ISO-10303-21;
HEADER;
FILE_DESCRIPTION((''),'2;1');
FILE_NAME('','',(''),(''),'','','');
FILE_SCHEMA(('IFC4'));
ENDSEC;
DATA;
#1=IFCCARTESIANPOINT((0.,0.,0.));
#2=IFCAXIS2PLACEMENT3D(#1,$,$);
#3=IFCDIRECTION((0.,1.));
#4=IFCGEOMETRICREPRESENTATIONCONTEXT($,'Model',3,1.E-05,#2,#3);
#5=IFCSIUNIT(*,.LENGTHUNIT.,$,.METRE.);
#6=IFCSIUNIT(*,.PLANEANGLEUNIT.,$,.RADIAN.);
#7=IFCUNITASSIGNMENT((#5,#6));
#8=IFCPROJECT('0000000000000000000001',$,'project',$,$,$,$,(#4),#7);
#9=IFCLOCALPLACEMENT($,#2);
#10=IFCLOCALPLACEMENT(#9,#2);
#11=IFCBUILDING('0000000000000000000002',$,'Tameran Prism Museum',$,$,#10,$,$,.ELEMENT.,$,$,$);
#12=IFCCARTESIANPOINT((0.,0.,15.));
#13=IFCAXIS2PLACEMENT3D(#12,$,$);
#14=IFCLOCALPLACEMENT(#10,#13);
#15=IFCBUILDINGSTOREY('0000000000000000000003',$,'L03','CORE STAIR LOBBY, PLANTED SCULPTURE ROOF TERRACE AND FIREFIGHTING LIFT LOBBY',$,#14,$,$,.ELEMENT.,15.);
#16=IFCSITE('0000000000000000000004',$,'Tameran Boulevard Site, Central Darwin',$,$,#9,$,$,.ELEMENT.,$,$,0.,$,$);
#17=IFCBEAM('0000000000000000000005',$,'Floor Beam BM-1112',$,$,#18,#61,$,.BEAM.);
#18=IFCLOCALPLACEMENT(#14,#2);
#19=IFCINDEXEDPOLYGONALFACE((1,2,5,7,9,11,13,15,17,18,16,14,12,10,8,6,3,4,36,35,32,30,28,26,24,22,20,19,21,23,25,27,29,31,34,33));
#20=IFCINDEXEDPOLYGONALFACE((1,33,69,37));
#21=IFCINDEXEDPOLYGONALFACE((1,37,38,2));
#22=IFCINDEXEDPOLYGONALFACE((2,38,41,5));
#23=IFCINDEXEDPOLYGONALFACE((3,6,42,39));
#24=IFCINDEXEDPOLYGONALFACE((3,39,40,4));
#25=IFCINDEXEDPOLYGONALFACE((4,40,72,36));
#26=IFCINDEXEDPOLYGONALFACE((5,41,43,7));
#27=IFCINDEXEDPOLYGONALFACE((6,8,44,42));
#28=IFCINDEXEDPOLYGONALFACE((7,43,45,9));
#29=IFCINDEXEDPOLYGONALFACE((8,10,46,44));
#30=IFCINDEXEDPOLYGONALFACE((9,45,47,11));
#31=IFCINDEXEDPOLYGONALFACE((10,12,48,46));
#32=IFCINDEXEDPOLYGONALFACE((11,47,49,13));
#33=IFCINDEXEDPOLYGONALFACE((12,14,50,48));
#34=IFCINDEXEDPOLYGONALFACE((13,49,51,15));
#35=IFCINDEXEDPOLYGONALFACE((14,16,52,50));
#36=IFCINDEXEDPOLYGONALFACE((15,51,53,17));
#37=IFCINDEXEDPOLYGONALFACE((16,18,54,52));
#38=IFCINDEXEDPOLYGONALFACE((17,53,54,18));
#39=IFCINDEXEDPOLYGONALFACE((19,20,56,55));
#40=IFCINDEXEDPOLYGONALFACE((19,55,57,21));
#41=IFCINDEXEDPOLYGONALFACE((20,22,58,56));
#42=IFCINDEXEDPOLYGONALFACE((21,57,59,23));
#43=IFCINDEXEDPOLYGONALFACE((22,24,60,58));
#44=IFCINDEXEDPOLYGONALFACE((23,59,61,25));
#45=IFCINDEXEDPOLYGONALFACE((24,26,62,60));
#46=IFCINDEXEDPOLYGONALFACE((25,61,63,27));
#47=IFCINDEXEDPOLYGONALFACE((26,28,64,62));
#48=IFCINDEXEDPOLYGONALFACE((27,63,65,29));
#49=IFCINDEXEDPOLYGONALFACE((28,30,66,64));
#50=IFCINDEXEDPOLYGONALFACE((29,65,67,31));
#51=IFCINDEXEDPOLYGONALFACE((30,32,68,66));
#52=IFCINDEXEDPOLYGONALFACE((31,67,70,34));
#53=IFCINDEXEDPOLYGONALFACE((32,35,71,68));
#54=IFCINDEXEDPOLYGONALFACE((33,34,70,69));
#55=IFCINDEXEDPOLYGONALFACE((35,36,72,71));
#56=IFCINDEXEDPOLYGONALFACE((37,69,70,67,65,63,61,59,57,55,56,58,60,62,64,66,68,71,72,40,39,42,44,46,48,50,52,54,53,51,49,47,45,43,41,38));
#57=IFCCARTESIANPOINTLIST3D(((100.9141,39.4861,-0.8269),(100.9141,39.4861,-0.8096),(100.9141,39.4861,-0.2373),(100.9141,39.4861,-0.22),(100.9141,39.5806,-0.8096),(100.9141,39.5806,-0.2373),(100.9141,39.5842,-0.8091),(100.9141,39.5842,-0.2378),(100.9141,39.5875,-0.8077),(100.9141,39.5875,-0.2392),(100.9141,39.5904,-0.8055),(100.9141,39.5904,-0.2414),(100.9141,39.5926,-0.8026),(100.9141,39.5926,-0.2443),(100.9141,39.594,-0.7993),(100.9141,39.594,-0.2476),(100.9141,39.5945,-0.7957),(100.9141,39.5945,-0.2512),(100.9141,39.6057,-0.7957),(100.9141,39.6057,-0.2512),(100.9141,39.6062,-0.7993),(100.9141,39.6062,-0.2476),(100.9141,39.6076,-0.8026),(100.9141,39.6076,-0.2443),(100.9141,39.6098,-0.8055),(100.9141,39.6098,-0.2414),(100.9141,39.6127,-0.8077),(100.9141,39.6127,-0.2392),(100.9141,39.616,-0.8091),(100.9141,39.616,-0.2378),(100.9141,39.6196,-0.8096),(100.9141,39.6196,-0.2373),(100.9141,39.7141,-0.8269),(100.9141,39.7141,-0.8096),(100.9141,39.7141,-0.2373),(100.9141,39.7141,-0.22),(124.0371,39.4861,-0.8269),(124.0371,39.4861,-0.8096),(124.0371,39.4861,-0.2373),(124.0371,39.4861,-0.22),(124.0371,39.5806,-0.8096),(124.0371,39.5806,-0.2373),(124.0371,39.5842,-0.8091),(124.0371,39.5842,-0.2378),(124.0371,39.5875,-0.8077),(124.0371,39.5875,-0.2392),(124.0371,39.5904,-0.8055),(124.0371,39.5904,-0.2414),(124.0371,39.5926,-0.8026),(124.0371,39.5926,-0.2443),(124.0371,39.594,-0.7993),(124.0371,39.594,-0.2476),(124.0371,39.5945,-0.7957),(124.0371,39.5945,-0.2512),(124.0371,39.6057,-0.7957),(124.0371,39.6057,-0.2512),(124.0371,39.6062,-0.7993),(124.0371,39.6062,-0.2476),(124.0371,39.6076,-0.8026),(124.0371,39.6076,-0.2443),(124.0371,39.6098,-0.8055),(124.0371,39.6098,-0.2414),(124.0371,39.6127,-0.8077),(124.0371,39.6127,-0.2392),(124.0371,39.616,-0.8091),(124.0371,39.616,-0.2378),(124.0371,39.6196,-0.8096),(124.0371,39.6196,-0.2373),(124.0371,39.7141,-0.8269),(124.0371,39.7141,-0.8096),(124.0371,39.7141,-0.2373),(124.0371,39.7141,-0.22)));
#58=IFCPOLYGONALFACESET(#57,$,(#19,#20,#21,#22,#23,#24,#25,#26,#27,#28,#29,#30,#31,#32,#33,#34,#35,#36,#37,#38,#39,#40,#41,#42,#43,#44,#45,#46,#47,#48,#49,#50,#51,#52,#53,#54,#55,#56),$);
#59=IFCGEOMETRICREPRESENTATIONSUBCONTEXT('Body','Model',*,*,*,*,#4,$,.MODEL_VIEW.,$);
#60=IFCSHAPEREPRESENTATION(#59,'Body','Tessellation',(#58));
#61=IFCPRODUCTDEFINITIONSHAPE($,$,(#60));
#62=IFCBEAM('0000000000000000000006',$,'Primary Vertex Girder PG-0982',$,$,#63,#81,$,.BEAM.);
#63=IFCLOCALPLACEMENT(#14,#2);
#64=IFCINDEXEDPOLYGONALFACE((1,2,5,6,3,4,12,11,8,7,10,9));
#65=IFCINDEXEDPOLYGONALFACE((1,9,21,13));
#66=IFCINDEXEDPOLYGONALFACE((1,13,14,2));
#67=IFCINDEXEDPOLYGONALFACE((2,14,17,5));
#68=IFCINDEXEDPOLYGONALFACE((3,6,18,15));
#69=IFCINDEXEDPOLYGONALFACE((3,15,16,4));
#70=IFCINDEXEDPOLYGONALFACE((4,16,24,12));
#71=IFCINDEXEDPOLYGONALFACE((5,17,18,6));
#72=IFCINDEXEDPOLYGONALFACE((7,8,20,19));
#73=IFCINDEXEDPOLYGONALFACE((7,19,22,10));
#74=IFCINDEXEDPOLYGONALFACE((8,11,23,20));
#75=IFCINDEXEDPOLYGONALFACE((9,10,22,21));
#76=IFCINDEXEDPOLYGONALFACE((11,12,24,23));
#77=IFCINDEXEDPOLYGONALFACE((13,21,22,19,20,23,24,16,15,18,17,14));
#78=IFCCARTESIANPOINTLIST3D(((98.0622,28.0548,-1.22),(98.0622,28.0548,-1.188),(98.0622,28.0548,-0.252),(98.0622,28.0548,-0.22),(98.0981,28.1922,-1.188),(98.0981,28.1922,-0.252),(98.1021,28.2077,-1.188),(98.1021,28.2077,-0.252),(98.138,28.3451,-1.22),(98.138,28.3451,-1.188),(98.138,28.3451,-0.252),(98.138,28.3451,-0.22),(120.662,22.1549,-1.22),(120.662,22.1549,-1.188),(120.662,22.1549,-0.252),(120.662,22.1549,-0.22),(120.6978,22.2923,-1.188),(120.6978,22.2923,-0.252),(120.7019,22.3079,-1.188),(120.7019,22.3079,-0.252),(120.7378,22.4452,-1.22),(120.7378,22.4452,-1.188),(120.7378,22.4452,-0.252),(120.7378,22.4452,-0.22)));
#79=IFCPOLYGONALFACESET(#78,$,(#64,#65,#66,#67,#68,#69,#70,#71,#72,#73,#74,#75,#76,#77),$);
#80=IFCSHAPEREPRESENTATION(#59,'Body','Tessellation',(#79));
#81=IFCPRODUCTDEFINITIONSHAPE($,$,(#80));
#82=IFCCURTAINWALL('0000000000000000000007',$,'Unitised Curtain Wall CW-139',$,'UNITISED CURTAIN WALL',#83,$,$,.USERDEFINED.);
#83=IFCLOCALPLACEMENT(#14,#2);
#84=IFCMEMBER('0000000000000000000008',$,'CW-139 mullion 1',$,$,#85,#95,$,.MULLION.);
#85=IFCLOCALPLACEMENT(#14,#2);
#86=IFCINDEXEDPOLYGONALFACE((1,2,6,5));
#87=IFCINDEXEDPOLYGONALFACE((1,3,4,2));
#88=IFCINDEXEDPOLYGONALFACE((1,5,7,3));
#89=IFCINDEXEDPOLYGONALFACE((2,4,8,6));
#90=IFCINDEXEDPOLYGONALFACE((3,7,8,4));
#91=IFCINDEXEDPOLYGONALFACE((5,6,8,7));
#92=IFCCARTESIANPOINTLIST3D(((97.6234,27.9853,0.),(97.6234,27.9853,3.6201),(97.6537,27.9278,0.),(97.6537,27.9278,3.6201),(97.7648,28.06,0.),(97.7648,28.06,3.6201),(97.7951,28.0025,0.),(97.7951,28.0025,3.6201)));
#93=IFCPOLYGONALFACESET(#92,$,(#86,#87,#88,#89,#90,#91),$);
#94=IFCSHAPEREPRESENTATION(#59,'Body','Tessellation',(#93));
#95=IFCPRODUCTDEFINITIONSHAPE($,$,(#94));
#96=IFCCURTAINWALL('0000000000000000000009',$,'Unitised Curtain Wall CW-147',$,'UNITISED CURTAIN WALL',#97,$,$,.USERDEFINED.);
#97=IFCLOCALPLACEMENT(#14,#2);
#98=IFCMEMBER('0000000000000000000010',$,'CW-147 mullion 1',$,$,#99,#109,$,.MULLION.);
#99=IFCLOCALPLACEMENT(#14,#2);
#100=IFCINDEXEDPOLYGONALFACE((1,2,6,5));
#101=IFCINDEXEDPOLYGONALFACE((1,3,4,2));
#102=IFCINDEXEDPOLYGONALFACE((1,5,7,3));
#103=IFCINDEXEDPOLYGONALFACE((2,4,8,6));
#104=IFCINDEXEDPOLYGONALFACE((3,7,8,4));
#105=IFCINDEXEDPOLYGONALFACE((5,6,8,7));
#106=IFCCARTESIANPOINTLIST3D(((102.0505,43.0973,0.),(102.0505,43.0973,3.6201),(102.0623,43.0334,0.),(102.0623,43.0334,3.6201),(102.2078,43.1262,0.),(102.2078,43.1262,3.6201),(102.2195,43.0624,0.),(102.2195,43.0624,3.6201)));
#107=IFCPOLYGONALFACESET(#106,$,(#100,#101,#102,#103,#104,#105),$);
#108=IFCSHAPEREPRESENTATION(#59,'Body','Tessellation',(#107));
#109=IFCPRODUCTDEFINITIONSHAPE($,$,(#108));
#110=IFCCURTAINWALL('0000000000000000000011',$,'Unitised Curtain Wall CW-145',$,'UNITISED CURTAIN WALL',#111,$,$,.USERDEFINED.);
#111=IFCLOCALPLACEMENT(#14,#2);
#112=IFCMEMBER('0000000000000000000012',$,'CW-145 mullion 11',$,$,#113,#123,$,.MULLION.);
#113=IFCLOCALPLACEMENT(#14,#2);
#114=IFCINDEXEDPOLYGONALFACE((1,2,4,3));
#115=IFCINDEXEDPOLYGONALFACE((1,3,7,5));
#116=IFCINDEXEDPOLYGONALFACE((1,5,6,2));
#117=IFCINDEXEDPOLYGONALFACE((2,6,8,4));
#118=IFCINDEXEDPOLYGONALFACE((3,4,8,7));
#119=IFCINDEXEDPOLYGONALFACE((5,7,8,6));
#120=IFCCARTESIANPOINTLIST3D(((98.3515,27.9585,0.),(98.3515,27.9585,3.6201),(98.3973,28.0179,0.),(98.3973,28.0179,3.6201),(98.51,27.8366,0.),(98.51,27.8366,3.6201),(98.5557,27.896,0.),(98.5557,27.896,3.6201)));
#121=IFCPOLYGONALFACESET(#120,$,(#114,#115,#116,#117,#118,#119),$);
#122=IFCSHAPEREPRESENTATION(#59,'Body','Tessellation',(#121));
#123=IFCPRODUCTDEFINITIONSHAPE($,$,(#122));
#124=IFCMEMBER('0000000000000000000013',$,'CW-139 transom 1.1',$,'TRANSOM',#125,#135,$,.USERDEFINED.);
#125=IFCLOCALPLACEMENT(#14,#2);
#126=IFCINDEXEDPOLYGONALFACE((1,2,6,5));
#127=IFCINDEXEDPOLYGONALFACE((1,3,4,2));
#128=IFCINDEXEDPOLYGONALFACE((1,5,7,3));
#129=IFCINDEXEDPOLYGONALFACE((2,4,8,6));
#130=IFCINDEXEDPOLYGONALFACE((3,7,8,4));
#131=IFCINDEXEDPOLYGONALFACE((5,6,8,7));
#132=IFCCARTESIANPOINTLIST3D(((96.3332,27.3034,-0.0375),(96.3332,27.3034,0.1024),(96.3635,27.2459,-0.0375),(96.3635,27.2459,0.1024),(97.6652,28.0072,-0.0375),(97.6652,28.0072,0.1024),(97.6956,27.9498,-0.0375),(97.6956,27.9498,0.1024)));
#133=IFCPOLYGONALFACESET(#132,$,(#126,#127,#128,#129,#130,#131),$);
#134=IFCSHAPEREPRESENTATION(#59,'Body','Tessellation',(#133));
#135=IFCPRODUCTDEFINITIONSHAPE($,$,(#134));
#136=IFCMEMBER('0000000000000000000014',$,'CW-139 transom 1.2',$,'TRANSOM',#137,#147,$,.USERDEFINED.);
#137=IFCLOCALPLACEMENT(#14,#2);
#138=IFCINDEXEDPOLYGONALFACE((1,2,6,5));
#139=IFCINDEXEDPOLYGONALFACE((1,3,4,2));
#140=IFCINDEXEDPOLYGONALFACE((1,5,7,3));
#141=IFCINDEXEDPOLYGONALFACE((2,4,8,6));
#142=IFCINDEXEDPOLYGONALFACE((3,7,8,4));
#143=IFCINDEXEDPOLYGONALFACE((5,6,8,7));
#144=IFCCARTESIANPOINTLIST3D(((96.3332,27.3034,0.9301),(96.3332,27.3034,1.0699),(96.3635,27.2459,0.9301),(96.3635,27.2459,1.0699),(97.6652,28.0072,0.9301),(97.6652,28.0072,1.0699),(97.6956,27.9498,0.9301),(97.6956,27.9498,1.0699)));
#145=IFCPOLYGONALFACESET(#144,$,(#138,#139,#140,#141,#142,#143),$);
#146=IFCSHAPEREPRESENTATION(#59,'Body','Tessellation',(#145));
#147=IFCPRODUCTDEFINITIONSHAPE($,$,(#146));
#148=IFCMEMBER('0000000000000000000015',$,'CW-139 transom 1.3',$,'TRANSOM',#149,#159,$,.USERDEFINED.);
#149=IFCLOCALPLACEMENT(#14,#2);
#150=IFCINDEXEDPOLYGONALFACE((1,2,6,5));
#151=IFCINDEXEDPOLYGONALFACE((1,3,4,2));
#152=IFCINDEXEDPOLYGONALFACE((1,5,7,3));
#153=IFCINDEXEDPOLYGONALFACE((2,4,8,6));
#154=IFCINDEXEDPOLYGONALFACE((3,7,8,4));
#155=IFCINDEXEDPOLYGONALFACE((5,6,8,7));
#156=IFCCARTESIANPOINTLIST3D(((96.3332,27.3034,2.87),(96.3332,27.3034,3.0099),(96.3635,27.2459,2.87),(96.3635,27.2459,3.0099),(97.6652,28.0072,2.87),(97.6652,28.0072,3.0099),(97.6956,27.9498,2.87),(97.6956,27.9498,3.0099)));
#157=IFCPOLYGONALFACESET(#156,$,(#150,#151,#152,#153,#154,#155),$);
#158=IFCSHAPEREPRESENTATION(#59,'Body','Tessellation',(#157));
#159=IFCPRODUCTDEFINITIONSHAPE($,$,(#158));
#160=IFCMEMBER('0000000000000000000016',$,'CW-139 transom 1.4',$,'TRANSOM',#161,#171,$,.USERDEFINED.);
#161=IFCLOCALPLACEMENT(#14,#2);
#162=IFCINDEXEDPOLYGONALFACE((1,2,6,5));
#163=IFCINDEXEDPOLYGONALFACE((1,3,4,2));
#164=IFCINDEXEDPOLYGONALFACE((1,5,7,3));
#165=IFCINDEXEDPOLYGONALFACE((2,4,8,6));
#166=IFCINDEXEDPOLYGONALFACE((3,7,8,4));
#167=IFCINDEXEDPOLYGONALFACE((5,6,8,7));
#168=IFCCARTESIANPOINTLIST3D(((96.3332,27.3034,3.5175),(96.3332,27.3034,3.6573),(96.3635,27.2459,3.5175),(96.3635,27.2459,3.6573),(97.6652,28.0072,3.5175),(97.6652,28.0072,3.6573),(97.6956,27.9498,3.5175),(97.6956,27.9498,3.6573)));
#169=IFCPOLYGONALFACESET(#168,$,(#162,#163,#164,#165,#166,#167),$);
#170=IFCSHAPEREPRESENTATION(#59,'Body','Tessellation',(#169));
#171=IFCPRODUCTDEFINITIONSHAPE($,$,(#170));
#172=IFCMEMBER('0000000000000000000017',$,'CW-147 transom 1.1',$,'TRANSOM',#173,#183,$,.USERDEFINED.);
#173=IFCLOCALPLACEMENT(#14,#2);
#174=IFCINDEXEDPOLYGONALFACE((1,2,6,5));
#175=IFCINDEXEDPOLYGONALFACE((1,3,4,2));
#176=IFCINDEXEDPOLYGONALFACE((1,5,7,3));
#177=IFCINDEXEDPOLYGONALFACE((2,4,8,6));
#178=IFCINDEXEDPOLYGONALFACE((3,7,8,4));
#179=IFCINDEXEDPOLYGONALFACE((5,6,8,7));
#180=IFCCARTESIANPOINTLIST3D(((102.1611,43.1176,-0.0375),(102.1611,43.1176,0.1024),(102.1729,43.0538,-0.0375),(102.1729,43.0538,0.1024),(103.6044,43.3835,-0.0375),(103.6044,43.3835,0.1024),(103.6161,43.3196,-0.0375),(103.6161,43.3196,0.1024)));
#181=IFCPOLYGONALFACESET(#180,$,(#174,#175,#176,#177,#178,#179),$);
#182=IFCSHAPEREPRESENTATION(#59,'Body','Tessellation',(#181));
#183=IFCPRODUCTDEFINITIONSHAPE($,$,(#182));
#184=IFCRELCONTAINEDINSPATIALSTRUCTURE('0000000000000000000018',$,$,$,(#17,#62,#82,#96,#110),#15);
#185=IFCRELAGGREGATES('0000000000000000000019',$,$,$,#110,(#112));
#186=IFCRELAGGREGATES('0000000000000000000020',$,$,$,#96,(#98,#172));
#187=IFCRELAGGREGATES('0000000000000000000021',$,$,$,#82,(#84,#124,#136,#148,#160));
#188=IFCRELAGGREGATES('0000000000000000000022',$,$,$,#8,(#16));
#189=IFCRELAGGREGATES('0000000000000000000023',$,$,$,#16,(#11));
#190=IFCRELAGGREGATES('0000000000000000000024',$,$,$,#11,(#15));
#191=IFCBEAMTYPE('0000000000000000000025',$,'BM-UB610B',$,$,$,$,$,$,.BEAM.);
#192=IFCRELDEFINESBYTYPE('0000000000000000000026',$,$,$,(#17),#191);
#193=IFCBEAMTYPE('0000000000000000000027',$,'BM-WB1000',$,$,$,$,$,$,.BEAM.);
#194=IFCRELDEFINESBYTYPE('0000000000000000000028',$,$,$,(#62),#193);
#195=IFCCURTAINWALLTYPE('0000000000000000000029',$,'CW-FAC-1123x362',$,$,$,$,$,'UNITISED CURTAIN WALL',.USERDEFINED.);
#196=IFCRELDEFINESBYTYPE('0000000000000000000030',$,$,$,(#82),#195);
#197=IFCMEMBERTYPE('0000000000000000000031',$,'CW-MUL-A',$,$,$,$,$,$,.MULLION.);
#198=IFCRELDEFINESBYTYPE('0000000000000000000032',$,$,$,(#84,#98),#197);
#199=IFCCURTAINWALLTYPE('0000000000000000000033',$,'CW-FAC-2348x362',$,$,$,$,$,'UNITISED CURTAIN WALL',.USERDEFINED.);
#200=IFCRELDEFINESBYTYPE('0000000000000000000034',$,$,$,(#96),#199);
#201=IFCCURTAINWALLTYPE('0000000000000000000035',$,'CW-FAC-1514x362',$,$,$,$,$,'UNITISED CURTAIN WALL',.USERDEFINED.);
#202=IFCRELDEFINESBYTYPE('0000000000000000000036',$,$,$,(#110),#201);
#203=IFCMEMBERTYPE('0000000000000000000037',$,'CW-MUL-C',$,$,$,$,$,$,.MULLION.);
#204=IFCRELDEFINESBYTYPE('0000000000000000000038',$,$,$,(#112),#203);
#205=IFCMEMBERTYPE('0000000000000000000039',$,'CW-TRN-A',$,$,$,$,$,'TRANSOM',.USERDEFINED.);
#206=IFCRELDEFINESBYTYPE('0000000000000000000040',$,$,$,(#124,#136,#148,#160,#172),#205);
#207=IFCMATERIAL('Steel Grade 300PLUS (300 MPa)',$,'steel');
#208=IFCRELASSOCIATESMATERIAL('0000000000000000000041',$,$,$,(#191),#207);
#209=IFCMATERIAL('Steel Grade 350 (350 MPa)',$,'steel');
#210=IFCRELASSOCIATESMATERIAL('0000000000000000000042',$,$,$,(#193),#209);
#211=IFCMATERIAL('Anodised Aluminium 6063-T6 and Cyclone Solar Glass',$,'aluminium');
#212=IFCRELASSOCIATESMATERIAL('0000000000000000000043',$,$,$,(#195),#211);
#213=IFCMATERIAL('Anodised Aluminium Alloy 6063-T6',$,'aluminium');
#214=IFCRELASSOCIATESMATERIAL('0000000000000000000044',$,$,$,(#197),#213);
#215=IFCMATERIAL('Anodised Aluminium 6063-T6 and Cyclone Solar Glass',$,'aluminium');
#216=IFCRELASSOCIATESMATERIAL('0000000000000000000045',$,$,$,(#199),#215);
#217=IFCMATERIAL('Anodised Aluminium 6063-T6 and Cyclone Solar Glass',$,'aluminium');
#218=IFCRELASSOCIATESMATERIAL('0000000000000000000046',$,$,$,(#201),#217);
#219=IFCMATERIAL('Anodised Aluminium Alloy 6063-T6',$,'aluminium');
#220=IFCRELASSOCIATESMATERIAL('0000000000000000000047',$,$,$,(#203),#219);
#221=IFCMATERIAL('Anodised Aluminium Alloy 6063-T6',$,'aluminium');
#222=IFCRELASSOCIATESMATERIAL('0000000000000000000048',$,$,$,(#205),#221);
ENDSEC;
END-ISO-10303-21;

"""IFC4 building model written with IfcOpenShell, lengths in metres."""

from ifc_helpers import new_model, si_unit, direction, frame, origin, origin_2d, place, context, subcontext, project, spatial, rectangle, i_section, extrude, material, material_profile, profile_set, type_object, element, aggregate, save


model = new_model("IFC4")

# Units and contexts
model_context = context("Model", 3, precision=1e-05, world=origin(), true_north=direction((0.0, 1.0)))
body_context = subcontext(model_context, "Body", "Model", "MODEL_VIEW")
ifc_project = project(units=[si_unit("LENGTHUNIT", "METRE"), si_unit("PLANEANGLEUNIT", "RADIAN")], contexts=[model_context])

# Site, building, storey
site_placement = place(None, origin())
site = spatial("IfcSite", under=ifc_project, at=site_placement, Name="Tameran Boulevard Site, Central Darwin", CompositionType="ELEMENT", RefElevation=0.0)
building_placement = place(site_placement, origin())
building = spatial("IfcBuilding", under=site, at=building_placement, Name="Tameran Prism Museum", CompositionType="ELEMENT")
storey_placement = place(building_placement, frame((0.0, 0.0, 15.0)))
storey = spatial("IfcBuildingStorey", under=building, at=storey_placement, Name="L03", Description="CORE STAIR LOBBY, PLANTED SCULPTURE ROOF TERRACE AND FIREFIGHTING LIFT LOBBY", CompositionType="ELEMENT", Elevation=15.0)

# Beams
ifc_material_1 = material(Name="Steel Grade 300PLUS (300 MPa)", Category="steel")
ifc_material_profile_1 = material_profile(ifc_material_1, i_section(OverallWidth=0.228, OverallDepth=0.6069, WebThickness=0.0112, FlangeThickness=0.0173, FilletRadius=0.0139, at=origin_2d()))
ifc_profile_set_1 = profile_set([ifc_material_profile_1])
beam_type_1 = type_object("IfcBeamType", Name="BM-UB610B", PredefinedType="BEAM", material=ifc_profile_set_1)
beam_1_placement = place(storey_placement, frame((100.9141, 39.6001, -0.5234), z_axis=(1.0, 0.0, 0.0), x_axis=(0.0, 1.0, 0.0)))
element("IfcBeam", 1, at=beam_1_placement, inside=storey, type_object=beam_type_1, Name="Floor Beam BM-1112", PredefinedType="BEAM", context=body_context, shape_type="SweptSolid", body=[
    extrude(i_section(OverallWidth=0.228, OverallDepth=0.6069, WebThickness=0.0112, FlangeThickness=0.0173, FilletRadius=0.0139, at=origin_2d()), origin(), (0.0, 0.0, 1.0), 23.123),
])
ifc_material_2 = material(Name="Steel Grade 350 (350 MPa)", Category="steel")
ifc_material_profile_2 = material_profile(ifc_material_2, i_section(OverallWidth=0.3, OverallDepth=1.0, WebThickness=0.0161, FlangeThickness=0.032, at=origin_2d()))
ifc_profile_set_2 = profile_set([ifc_material_profile_2])
beam_type_2 = type_object("IfcBeamType", Name="BM-WB1000", PredefinedType="BEAM", material=ifc_profile_set_2)
beam_2_placement = place(storey_placement, frame((98.1001, 28.2, -0.72), z_axis=(0.967572, -0.252594, 0.0), x_axis=(0.252594, 0.967572, 0.0)))
element("IfcBeam", 2, at=beam_2_placement, inside=storey, type_object=beam_type_2, Name="Primary Vertex Girder PG-0982", PredefinedType="BEAM", context=body_context, shape_type="SweptSolid", body=[
    extrude(i_section(OverallWidth=0.3, OverallDepth=1.0, WebThickness=0.0161, FlangeThickness=0.032, at=origin_2d()), origin(), (0.0, 0.0, 1.0), 23.3572),
])

# Curtain walls, members
ifc_material_3 = material(Name="Anodised Aluminium 6063-T6 and Cyclone Solar Glass", Category="aluminium")
curtain_wall_type_1 = type_object("IfcCurtainWallType", Name="CW-FAC-1123x362", ElementType="UNITISED CURTAIN WALL", PredefinedType="USERDEFINED", material=ifc_material_3)
curtain_wall_1_placement = place(storey_placement, origin())
curtain_wall_1 = element("IfcCurtainWall", 3, at=curtain_wall_1_placement, inside=storey, type_object=curtain_wall_type_1, Name="Unitised Curtain Wall CW-139", ObjectType="UNITISED CURTAIN WALL", PredefinedType="USERDEFINED")
ifc_material_4 = material(Name="Anodised Aluminium Alloy 6063-T6", Category="aluminium")
ifc_material_profile_3 = material_profile(ifc_material_4, rectangle(XDim=0.0649, YDim=0.1599, at=origin_2d()))
ifc_profile_set_3 = profile_set([ifc_material_profile_3])
member_type_1 = type_object("IfcMemberType", Name="CW-MUL-A", PredefinedType="MULLION", material=ifc_profile_set_3)
member_1_placement = place(storey_placement, frame((97.7092, 27.9939, 0.0), z_axis=(0.0, 0.0, 1.0), x_axis=(0.467155, -0.884175, 0.0)))
member_1 = element("IfcMember", 4, at=member_1_placement, type_object=member_type_1, Name="CW-139 mullion 1", PredefinedType="MULLION", context=body_context, shape_type="SweptSolid", body=[
    extrude(rectangle(XDim=0.0649, YDim=0.1599, at=origin_2d()), origin(), (0.0, 0.0, 1.0), 3.6201),
])
ifc_material_5 = material(Name="Anodised Aluminium 6063-T6 and Cyclone Solar Glass", Category="aluminium")
curtain_wall_type_2 = type_object("IfcCurtainWallType", Name="CW-FAC-2348x362", ElementType="UNITISED CURTAIN WALL", PredefinedType="USERDEFINED", material=ifc_material_5)
curtain_wall_2_placement = place(storey_placement, origin())
curtain_wall_2 = element("IfcCurtainWall", 5, at=curtain_wall_2_placement, inside=storey, type_object=curtain_wall_type_2, Name="Unitised Curtain Wall CW-147", ObjectType="UNITISED CURTAIN WALL", PredefinedType="USERDEFINED")
member_2_placement = place(storey_placement, frame((102.135, 43.0798, 0.0), z_axis=(0.0, 0.0, 1.0), x_axis=(-0.181063, 0.983472, 0.0)))
member_2 = element("IfcMember", 6, at=member_2_placement, type_object=member_type_1, Name="CW-147 mullion 1", PredefinedType="MULLION", context=body_context, shape_type="SweptSolid", body=[
    extrude(rectangle(XDim=0.0649, YDim=0.1599, at=origin_2d()), origin(), (0.0, 0.0, 1.0), 3.6201),
])
ifc_material_6 = material(Name="Anodised Aluminium 6063-T6 and Cyclone Solar Glass", Category="aluminium")
curtain_wall_type_3 = type_object("IfcCurtainWallType", Name="CW-FAC-1514x362", ElementType="UNITISED CURTAIN WALL", PredefinedType="USERDEFINED", material=ifc_material_6)
curtain_wall_3_placement = place(storey_placement, origin())
curtain_wall_3 = element("IfcCurtainWall", 7, at=curtain_wall_3_placement, inside=storey, type_object=curtain_wall_type_3, Name="Unitised Curtain Wall CW-145", ObjectType="UNITISED CURTAIN WALL", PredefinedType="USERDEFINED")
ifc_material_7 = material(Name="Anodised Aluminium Alloy 6063-T6", Category="aluminium")
ifc_material_profile_4 = material_profile(ifc_material_7, rectangle(XDim=0.075, YDim=0.2, at=origin_2d()))
ifc_profile_set_4 = profile_set([ifc_material_profile_4])
member_type_2 = type_object("IfcMemberType", Name="CW-MUL-C", PredefinedType="MULLION", material=ifc_profile_set_4)
member_3_placement = place(storey_placement, frame((98.4536, 27.9272, 0.0), z_axis=(0.0, 0.0, 1.0), x_axis=(-0.610001, -0.792401, 0.0)))
member_3 = element("IfcMember", 8, at=member_3_placement, type_object=member_type_2, Name="CW-145 mullion 11", PredefinedType="MULLION", context=body_context, shape_type="SweptSolid", body=[
    extrude(rectangle(XDim=0.075, YDim=0.2, at=origin_2d()), origin(), (0.0, 0.0, 1.0), 3.6201),
])
aggregate(curtain_wall_3, [member_3])

# Members
ifc_material_8 = material(Name="Anodised Aluminium Alloy 6063-T6", Category="aluminium")
ifc_material_profile_5 = material_profile(ifc_material_8, rectangle(XDim=0.0649, YDim=0.1399, at=origin_2d()))
ifc_profile_set_5 = profile_set([ifc_material_profile_5])
member_type_3 = type_object("IfcMemberType", Name="CW-TRN-A", ElementType="TRANSOM", PredefinedType="USERDEFINED", material=ifc_profile_set_5)
member_4_placement = place(storey_placement, frame((97.6804, 27.9785, 0.0325), z_axis=(-0.884154, -0.467195, 0.0), x_axis=(0.467195, -0.884154, 0.0)))
member_4 = element("IfcMember", 9, at=member_4_placement, type_object=member_type_3, Name="CW-139 transom 1.1", ObjectType="TRANSOM", PredefinedType="USERDEFINED", context=body_context, shape_type="SweptSolid", body=[
    extrude(rectangle(XDim=0.0649, YDim=0.1399, at=origin_2d()), origin(), (0.0, 0.0, 1.0), 1.5066),
])
member_5_placement = place(storey_placement, frame((97.6804, 27.9785, 1.0), z_axis=(-0.884154, -0.467195, 0.0), x_axis=(0.467195, -0.884154, 0.0)))
member_5 = element("IfcMember", 10, at=member_5_placement, type_object=member_type_3, Name="CW-139 transom 1.2", ObjectType="TRANSOM", PredefinedType="USERDEFINED", context=body_context, shape_type="SweptSolid", body=[
    extrude(rectangle(XDim=0.0649, YDim=0.1399, at=origin_2d()), origin(), (0.0, 0.0, 1.0), 1.5066),
])
member_6_placement = place(storey_placement, frame((97.6804, 27.9785, 2.9399), z_axis=(-0.884154, -0.467195, 0.0), x_axis=(0.467195, -0.884154, 0.0)))
member_6 = element("IfcMember", 11, at=member_6_placement, type_object=member_type_3, Name="CW-139 transom 1.3", ObjectType="TRANSOM", PredefinedType="USERDEFINED", context=body_context, shape_type="SweptSolid", body=[
    extrude(rectangle(XDim=0.0649, YDim=0.1399, at=origin_2d()), origin(), (0.0, 0.0, 1.0), 1.5066),
])
member_7_placement = place(storey_placement, frame((97.6804, 27.9785, 3.5874), z_axis=(-0.884154, -0.467195, 0.0), x_axis=(0.467195, -0.884154, 0.0)))
member_7 = element("IfcMember", 12, at=member_7_placement, type_object=member_type_3, Name="CW-139 transom 1.4", ObjectType="TRANSOM", PredefinedType="USERDEFINED", context=body_context, shape_type="SweptSolid", body=[
    extrude(rectangle(XDim=0.0649, YDim=0.1399, at=origin_2d()), origin(), (0.0, 0.0, 1.0), 1.5066),
])
member_8_placement = place(storey_placement, frame((102.167, 43.0857, 0.0325), z_axis=(0.983455, 0.181154, 0.0), x_axis=(-0.181154, 0.983455, 0.0)))
member_8 = element("IfcMember", 13, at=member_8_placement, type_object=member_type_3, Name="CW-147 transom 1.1", ObjectType="TRANSOM", PredefinedType="USERDEFINED", context=body_context, shape_type="SweptSolid", body=[
    extrude(rectangle(XDim=0.0649, YDim=0.1399, at=origin_2d()), origin(), (0.0, 0.0, 1.0), 1.4675),
])

aggregate(curtain_wall_2, [member_2, member_8])
aggregate(curtain_wall_1, [member_1, member_4, member_5, member_6, member_7])

save(model, "model.ifc")
